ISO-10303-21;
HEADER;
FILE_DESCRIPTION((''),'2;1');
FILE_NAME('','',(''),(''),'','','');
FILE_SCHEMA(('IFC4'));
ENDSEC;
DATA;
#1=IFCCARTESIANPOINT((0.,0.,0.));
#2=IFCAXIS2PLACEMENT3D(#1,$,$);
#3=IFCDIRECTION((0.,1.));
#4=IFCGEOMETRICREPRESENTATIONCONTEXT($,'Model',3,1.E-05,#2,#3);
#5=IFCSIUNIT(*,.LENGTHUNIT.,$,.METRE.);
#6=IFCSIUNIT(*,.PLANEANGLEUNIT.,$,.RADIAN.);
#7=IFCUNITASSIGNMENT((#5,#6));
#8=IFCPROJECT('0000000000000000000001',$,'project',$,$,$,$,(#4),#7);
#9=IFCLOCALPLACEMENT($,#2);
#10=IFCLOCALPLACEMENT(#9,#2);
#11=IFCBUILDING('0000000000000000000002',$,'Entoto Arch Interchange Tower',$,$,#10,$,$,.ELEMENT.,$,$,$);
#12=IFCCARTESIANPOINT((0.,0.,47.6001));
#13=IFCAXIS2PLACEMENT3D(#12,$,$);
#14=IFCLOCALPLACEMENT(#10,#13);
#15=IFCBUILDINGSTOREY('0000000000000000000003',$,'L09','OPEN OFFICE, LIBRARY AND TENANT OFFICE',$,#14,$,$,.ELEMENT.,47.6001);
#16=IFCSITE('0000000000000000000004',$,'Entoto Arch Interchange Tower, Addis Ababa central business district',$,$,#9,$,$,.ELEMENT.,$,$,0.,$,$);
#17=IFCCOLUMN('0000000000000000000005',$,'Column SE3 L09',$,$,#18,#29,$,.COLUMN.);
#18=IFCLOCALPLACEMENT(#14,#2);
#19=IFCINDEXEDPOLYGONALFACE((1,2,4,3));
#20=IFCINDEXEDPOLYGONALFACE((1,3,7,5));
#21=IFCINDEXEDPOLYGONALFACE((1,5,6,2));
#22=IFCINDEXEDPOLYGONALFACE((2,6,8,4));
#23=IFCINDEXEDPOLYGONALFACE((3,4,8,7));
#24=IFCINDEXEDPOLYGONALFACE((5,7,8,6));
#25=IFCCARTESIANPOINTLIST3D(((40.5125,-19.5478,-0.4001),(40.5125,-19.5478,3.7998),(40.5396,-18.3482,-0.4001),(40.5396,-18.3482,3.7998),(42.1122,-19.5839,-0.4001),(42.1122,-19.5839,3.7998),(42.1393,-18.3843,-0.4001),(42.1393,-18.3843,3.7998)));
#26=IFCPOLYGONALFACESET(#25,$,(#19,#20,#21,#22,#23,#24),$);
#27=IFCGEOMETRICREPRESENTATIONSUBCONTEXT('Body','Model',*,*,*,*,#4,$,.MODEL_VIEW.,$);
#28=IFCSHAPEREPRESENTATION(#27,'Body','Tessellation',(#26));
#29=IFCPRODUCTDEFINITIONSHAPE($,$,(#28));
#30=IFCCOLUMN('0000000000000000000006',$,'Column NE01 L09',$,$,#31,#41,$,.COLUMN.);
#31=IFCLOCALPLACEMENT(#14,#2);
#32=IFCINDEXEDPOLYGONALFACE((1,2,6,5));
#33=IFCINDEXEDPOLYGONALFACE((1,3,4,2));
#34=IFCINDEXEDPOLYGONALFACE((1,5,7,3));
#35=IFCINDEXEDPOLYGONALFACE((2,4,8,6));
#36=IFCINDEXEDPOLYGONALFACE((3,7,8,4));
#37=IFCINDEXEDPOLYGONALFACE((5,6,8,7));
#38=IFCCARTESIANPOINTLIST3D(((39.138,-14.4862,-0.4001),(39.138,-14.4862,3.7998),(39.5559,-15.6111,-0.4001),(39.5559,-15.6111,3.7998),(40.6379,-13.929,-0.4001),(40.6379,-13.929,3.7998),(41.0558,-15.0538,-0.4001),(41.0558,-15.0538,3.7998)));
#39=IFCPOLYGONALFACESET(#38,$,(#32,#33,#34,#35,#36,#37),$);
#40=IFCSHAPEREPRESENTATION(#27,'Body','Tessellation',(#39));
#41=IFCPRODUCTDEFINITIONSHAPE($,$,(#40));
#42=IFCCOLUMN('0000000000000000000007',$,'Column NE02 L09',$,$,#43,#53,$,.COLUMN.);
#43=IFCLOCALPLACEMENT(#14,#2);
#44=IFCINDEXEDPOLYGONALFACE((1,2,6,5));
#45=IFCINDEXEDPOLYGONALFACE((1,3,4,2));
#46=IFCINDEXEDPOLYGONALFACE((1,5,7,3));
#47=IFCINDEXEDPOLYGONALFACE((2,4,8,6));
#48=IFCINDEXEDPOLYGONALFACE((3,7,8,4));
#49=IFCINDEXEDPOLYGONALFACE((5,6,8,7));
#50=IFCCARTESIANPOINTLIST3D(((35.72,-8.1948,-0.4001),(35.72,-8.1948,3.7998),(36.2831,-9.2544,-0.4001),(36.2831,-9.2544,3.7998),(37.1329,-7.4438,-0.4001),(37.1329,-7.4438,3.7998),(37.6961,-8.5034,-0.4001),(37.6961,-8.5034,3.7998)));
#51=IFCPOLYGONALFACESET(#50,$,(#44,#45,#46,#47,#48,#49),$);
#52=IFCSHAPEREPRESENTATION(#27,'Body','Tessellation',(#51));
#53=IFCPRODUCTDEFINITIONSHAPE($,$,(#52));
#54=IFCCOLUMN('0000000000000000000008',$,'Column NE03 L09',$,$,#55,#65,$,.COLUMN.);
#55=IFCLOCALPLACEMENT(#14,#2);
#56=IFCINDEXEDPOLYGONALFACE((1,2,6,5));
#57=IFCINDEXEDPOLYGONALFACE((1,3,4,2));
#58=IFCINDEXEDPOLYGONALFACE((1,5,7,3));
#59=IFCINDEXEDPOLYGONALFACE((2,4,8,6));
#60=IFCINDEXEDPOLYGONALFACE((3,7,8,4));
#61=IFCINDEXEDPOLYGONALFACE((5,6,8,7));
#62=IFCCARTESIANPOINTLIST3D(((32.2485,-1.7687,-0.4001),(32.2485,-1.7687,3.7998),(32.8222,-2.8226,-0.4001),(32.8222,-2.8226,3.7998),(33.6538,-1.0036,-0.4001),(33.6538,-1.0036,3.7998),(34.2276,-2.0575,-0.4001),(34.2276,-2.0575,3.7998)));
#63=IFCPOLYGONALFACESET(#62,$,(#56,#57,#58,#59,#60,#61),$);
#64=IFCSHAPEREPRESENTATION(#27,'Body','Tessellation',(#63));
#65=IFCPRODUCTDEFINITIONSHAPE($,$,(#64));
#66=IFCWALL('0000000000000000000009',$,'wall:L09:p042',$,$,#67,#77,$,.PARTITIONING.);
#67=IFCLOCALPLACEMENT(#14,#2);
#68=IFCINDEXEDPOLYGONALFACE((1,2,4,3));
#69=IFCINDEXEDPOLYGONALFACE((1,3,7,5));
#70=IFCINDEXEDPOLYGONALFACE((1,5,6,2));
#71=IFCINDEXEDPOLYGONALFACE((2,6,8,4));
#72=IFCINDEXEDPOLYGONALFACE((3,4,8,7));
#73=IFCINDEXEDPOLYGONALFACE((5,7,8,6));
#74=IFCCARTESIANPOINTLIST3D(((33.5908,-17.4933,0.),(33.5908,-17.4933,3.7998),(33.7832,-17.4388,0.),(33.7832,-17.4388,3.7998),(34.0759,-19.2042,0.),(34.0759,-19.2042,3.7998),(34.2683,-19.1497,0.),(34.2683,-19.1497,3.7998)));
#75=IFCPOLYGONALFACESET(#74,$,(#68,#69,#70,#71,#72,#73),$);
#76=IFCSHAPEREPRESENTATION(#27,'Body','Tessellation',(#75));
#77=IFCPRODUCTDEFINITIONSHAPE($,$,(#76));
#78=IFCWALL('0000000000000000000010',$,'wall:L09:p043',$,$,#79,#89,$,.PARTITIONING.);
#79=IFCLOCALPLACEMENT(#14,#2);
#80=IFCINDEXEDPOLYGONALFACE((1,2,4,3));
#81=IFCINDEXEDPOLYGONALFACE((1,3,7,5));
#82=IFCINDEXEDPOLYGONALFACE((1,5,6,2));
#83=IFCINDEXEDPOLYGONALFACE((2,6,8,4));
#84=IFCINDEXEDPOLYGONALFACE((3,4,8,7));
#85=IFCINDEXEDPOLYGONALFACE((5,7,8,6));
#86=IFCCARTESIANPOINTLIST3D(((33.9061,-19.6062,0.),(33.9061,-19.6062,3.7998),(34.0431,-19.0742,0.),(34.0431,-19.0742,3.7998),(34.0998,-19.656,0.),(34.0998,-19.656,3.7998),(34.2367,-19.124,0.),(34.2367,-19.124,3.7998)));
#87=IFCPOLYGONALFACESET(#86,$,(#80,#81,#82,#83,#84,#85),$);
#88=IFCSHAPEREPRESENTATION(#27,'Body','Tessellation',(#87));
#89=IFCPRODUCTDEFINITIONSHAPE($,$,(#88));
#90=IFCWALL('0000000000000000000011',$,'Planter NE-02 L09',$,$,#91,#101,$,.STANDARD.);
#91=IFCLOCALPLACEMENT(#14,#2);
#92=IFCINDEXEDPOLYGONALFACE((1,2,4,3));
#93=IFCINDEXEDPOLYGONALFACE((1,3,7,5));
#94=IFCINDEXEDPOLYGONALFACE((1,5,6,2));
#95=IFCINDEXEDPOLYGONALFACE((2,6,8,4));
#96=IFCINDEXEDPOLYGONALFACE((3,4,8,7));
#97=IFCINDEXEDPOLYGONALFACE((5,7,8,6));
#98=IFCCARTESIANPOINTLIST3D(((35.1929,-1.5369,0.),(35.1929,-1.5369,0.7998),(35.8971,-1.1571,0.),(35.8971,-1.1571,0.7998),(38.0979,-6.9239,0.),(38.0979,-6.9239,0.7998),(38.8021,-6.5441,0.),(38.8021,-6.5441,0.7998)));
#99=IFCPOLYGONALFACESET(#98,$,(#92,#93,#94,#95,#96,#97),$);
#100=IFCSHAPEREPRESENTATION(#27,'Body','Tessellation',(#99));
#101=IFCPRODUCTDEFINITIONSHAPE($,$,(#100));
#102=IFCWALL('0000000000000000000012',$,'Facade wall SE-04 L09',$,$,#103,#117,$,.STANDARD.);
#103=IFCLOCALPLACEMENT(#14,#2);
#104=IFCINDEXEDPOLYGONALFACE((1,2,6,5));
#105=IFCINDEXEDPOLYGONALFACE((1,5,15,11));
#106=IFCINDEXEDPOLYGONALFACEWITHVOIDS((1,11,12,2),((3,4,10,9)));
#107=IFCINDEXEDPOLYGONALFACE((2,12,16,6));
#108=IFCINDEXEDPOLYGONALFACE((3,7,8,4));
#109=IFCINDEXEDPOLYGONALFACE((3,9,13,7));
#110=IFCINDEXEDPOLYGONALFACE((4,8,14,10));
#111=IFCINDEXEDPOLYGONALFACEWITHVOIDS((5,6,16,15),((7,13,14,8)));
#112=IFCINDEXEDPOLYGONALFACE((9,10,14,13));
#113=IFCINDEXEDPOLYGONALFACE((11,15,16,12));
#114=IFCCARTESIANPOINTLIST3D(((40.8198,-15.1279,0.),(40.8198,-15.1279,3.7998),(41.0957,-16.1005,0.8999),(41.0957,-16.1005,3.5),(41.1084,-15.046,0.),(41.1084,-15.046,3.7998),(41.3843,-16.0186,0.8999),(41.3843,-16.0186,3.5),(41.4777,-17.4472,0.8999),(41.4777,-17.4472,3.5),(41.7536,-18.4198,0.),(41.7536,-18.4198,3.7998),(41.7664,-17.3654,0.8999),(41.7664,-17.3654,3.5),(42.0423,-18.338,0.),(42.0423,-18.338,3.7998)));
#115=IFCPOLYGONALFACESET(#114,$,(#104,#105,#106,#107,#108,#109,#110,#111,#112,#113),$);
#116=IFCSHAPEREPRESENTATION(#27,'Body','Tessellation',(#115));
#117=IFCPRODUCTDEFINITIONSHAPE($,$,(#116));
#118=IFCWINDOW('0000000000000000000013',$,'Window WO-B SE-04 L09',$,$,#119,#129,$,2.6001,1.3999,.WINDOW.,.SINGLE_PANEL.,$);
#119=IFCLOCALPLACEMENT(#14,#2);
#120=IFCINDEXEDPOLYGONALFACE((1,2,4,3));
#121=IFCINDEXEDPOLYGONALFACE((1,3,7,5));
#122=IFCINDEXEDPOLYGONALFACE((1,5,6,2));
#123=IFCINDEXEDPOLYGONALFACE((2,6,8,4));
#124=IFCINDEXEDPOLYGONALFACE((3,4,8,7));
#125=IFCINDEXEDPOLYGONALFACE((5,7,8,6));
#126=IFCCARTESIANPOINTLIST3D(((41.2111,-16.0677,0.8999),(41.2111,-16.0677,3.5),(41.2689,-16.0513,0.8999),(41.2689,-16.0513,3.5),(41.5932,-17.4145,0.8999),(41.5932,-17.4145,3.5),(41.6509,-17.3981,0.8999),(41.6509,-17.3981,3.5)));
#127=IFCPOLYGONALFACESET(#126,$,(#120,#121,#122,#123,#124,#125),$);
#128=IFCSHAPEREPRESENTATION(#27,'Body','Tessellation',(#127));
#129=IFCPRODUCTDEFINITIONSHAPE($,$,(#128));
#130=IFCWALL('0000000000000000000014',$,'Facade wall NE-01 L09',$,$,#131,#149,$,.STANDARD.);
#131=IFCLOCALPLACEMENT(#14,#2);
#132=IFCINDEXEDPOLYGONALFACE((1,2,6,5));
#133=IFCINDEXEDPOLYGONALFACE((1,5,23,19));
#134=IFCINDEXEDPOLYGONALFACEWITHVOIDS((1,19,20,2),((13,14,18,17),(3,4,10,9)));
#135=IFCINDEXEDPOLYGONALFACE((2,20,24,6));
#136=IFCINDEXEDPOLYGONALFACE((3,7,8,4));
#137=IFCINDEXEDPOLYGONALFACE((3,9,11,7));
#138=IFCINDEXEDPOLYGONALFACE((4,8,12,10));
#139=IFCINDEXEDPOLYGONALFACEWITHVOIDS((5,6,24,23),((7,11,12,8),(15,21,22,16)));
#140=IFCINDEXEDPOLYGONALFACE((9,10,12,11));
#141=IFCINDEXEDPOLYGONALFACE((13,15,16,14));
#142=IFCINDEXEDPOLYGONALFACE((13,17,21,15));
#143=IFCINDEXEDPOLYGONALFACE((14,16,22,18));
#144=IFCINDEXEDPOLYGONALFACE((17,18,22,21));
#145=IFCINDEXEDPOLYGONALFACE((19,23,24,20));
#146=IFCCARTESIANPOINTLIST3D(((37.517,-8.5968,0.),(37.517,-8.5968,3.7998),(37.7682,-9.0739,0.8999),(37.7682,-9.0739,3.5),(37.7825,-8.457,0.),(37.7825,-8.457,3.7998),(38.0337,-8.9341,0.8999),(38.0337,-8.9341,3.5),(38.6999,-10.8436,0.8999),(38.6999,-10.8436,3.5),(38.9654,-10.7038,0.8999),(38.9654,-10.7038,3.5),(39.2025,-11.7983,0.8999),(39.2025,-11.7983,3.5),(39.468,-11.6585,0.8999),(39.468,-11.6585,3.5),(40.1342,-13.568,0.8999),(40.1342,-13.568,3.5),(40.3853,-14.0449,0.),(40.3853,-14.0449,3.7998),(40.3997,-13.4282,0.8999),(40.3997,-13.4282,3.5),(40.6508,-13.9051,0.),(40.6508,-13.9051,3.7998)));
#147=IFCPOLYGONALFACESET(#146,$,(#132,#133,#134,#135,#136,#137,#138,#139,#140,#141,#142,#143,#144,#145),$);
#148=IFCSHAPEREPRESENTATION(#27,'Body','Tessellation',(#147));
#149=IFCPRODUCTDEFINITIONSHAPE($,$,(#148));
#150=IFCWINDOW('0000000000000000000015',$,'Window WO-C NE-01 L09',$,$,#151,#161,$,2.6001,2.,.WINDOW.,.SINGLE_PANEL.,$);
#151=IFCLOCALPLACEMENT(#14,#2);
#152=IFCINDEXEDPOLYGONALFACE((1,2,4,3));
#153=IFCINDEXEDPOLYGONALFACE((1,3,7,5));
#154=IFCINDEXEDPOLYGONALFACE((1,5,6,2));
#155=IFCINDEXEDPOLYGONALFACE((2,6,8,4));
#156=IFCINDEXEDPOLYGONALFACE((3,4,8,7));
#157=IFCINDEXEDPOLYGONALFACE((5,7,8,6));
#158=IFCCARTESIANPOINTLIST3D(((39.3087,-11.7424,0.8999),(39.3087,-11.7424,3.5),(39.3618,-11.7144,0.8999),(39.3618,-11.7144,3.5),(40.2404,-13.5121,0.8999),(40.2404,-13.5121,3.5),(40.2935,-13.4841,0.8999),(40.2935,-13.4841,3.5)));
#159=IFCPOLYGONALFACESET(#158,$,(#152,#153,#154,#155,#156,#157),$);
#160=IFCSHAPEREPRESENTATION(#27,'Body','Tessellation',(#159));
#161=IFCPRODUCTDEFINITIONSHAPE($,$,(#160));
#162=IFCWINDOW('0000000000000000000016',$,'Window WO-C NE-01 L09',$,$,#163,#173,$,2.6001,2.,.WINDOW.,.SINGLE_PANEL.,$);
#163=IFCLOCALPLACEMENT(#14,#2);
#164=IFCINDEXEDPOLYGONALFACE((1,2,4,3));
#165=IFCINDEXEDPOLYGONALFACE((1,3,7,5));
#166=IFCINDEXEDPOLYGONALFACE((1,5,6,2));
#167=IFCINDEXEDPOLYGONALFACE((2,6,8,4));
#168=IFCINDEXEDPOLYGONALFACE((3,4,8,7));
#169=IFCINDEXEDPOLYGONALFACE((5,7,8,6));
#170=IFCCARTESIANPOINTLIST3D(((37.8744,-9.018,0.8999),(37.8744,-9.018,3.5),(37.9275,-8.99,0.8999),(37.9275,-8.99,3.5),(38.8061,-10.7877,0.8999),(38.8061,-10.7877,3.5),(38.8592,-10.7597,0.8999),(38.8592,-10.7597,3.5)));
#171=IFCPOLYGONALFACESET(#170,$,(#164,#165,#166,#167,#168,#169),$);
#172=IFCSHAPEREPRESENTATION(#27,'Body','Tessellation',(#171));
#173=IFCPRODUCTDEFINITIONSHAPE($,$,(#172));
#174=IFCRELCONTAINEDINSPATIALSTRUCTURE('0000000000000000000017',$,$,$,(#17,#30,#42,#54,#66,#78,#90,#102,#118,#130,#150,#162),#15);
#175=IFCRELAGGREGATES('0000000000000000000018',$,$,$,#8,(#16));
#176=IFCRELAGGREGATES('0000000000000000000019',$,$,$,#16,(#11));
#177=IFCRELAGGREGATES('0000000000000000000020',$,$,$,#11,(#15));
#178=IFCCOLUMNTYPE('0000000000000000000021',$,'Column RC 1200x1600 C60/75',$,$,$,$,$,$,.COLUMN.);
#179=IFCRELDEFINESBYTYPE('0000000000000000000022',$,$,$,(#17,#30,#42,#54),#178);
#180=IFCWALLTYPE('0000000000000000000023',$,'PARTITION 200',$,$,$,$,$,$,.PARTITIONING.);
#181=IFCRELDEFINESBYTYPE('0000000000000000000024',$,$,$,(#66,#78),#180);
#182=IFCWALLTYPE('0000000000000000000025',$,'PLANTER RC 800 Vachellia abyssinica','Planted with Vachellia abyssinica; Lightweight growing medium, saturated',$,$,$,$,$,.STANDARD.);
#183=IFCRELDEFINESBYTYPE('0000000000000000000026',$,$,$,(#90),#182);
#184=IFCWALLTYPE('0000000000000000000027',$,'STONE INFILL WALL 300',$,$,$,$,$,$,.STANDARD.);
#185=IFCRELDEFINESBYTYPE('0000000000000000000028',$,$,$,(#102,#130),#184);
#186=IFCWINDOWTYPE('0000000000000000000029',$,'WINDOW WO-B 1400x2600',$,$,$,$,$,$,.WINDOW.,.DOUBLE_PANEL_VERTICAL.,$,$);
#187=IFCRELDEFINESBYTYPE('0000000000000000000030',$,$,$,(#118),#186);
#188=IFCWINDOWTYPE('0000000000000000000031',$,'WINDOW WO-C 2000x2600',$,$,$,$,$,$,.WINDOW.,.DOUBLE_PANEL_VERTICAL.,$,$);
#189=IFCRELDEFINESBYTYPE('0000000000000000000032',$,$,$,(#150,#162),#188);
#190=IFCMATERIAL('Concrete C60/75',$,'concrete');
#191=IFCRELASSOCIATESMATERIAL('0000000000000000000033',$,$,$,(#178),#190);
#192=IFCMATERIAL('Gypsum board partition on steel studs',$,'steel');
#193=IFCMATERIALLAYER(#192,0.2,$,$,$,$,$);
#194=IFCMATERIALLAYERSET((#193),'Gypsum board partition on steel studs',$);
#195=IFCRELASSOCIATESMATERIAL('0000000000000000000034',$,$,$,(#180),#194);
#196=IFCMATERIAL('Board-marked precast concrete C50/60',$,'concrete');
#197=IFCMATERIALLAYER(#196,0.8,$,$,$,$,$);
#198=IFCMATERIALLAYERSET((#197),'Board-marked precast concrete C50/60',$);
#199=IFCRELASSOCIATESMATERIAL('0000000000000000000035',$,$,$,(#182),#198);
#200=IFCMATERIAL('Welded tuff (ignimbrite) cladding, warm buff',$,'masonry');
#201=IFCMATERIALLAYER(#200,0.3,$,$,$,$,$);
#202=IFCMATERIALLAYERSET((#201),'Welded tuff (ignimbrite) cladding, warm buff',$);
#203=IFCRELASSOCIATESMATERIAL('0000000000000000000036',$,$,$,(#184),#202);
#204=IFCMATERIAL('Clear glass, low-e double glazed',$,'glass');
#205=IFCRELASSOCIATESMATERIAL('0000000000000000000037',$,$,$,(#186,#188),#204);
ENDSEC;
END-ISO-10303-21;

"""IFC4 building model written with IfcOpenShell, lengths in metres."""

from ifc_helpers import new_model, si_unit, direction, frame, frame_2d, origin, origin_2d, place, context, subcontext, project, spatial, rectangle, extrude, material, layer, layer_set, material_profile, profile_set, type_object, element, fill, save


model = new_model("IFC4")

# Units and contexts
model_context = context("Model", 3, precision=1e-05, world=origin(), true_north=direction((0.0, 1.0)))
body_context = subcontext(model_context, "Body", "Model", "MODEL_VIEW")
ifc_project = project(units=[si_unit("LENGTHUNIT", "METRE"), si_unit("PLANEANGLEUNIT", "RADIAN")], contexts=[model_context])

# Site, building, storey
site_placement = place(None, origin())
site = spatial("IfcSite", under=ifc_project, at=site_placement, Name="Entoto Arch Interchange Tower, Addis Ababa central business district", CompositionType="ELEMENT", RefElevation=0.0)
building_placement = place(site_placement, origin())
building = spatial("IfcBuilding", under=site, at=building_placement, Name="Entoto Arch Interchange Tower", CompositionType="ELEMENT")
storey_placement = place(building_placement, frame((0.0, 0.0, 47.6001)))
storey = spatial("IfcBuildingStorey", under=building, at=storey_placement, Name="L09", Description="OPEN OFFICE, LIBRARY AND TENANT OFFICE", CompositionType="ELEMENT", Elevation=47.6001)

# Columns
ifc_material_1 = material(Name="Concrete C60/75", Category="concrete")
ifc_material_profile = material_profile(ifc_material_1, rectangle(XDim=1.2, YDim=1.6001, at=origin_2d()))
ifc_profile_set = profile_set([ifc_material_profile], Name="Concrete C60/75")
column_type = type_object("IfcColumnType", Name="Column RC 1200x1600 C60/75", PredefinedType="COLUMN", material=ifc_profile_set)
for number, where, z_axis, x_axis, name in (
    (1, (41.3259, -18.9661, -0.4001), (0.0, 0.0, 1.0), (0.022565, 0.999745, 0.0), "Column SE3 L09"),
    (2, (40.0969, -14.77, -0.4001), (0.0, 0.0, 1.0), (-0.348278, 0.937391, 0.0), "Column NE01 L09"),
    (3, (36.708, -8.3491, -0.4001), (0.0, 0.0, 1.0), (-0.469317, 0.88303, 0.0), "Column NE02 L09"),
    (4, (33.238, -1.9131, -0.4001), (0.0, 0.0, 1.0), (-0.47814, 0.878284, 0.0), "Column NE03 L09"),
):
    element("IfcColumn", number, at=place(storey_placement, frame(where, z_axis=z_axis, x_axis=x_axis)), inside=storey, type_object=column_type, Name=name, PredefinedType="COLUMN", context=body_context, shape_type="SweptSolid", body=[
        extrude(rectangle(XDim=1.2, YDim=1.6001, at=origin_2d()), origin(), (0.0, 0.0, 1.0), 4.2),
    ])

# Walls
ifc_material_2 = material(Name="Gypsum board partition on steel studs", Category="steel")
ifc_layer_1 = layer(ifc_material_2, 0.2)
ifc_layer_set_1 = layer_set([ifc_layer_1], Name="Gypsum board partition on steel studs")
wall_type_1 = type_object("IfcWallType", Name="PARTITION 200", PredefinedType="PARTITIONING", material=ifc_layer_set_1)
wall_1_placement = place(storey_placement, frame((33.687, -17.4661, 0.0), z_axis=(0.0, 0.0, 1.0), x_axis=(0.27278, -0.962076, 0.0)))
element("IfcWall", 5, at=wall_1_placement, inside=storey, type_object=wall_type_1, Name="wall:L09:p042", PredefinedType="PARTITIONING", context=body_context, shape_type="SweptSolid", body=[
    extrude(rectangle(XDim=1.7783, YDim=0.2, at=frame_2d((0.8892, 0.0))), origin(), (0.0, 0.0, 1.0), 3.7998),
])
wall_2_placement = place(storey_placement, frame((34.1399, -19.0991, 0.0), z_axis=(0.0, 0.0, 1.0), x_axis=(-0.249327, -0.968419, 0.0)))
element("IfcWall", 6, at=wall_2_placement, inside=storey, type_object=wall_type_1, Name="wall:L09:p043", PredefinedType="PARTITIONING", context=body_context, shape_type="SweptSolid", body=[
    extrude(rectangle(XDim=0.5493, YDim=0.2, at=frame_2d((0.2747, 0.0))), origin(), (0.0, 0.0, 1.0), 3.7998),
])
ifc_material_3 = material(Name="Board-marked precast concrete C50/60", Category="concrete")
ifc_layer_2 = layer(ifc_material_3, 0.8)
ifc_layer_set_2 = layer_set([ifc_layer_2], Name="Board-marked precast concrete C50/60")
wall_type_2 = type_object("IfcWallType", Name="PLANTER RC 800 Vachellia abyssinica", Description="Planted with Vachellia abyssinica; Lightweight growing medium, saturated", PredefinedType="STANDARD", material=ifc_layer_set_2)
wall_3_placement = place(storey_placement, frame((38.45, -6.7339, 0.0), z_axis=(0.0, 0.0, 1.0), x_axis=(-0.474652, 0.880174, 0.0)))
element("IfcWall", 7, at=wall_3_placement, inside=storey, type_object=wall_type_2, Name="Planter NE-02 L09", PredefinedType="STANDARD", context=body_context, shape_type="SweptSolid", body=[
    extrude(rectangle(XDim=6.1204, YDim=0.8, at=frame_2d((3.0601, 0.0))), origin(), (0.0, 0.0, 1.0), 0.7998),
])

# Wall, opening, window
ifc_material_4 = material(Name="Welded tuff (ignimbrite) cladding, warm buff", Category="masonry")
ifc_layer_3 = layer(ifc_material_4, 0.3)
ifc_layer_set_3 = layer_set([ifc_layer_3], Name="Welded tuff (ignimbrite) cladding, warm buff")
wall_type_3 = type_object("IfcWallType", Name="STONE INFILL WALL 300", PredefinedType="STANDARD", material=ifc_layer_set_3)
wall_4_placement = place(storey_placement, frame((41.8979, -18.3789, 0.0), z_axis=(0.0, 0.0, 1.0), x_axis=(-0.272902, 0.962042, 0.0)))
wall_4 = element("IfcWall", 8, at=wall_4_placement, inside=storey, type_object=wall_type_3, Name="Facade wall SE-04 L09", PredefinedType="STANDARD", context=body_context, shape_type="SweptSolid", body=[
    extrude(rectangle(XDim=3.4219, YDim=0.3, at=frame_2d((1.7109, 0.0))), origin(), (0.0, 0.0, 1.0), 3.7998),
])
opening_1_placement = place(wall_4_placement, frame((1.011, 0.0, 0.8999)))
opening_1 = element("IfcOpeningElement", 9, at=opening_1_placement, cuts=wall_4, PredefinedType="OPENING", context=body_context, shape_type="SweptSolid", body=[
    extrude(rectangle(XDim=1.3999, YDim=2.6001, at=frame_2d((0.7, 1.3))), frame((0.0, 0.1602, 0.0), z_axis=(0.0, -1.0, 0.0), x_axis=(1.0, 0.0, 0.0)), (0.0, 0.0, 1.0), 0.3201),
])
ifc_material_5 = material(Name="Clear glass, low-e double glazed", Category="glass")
window_type_1 = type_object("IfcWindowType", Name="WINDOW WO-B 1400x2600", PartitioningType="DOUBLE_PANEL_VERTICAL", PredefinedType="WINDOW", material=ifc_material_5)
window_1_placement = place(opening_1_placement, origin())
window_1 = element("IfcWindow", 10, at=window_1_placement, inside=storey, type_object=window_type_1, Name="Window WO-B SE-04 L09", OverallHeight=2.6001, OverallWidth=1.3999, PartitioningType="SINGLE_PANEL", PredefinedType="WINDOW", context=body_context, shape_type="SweptSolid", body=[
    extrude(rectangle(XDim=1.3999, YDim=2.6001, at=frame_2d((0.7, 1.3))), frame((0.0, 0.03, 0.0), z_axis=(0.0, -1.0, 0.0), x_axis=(1.0, 0.0, 0.0)), (0.0, 0.0, 1.0), 0.0601),
])
fill(opening_1, window_1)

# Wall, openings, windows
wall_5_placement = place(storey_placement, frame((40.5181, -13.9751, 0.0), z_axis=(0.0, 0.0, 1.0), x_axis=(-0.465848, 0.884865, 0.0)))
wall_5 = element("IfcWall", 11, at=wall_5_placement, inside=storey, type_object=wall_type_3, Name="Facade wall NE-01 L09", PredefinedType="STANDARD", context=body_context, shape_type="SweptSolid", body=[
    extrude(rectangle(XDim=6.157, YDim=0.3, at=frame_2d((3.0786, 0.0))), origin(), (0.0, 0.0, 1.0), 3.7998),
])
opening_2_placement = place(wall_5_placement, frame((0.5391, 0.0, 0.8999)))
opening_2 = element("IfcOpeningElement", 12, at=opening_2_placement, cuts=wall_5, PredefinedType="OPENING", context=body_context, shape_type="SweptSolid", body=[
    extrude(rectangle(XDim=2.0, YDim=2.6001, at=frame_2d((1.0, 1.3))), frame((0.0, 0.1602, 0.0), z_axis=(0.0, -1.0, 0.0), x_axis=(1.0, 0.0, 0.0)), (0.0, 0.0, 1.0), 0.3201),
])
opening_3_placement = place(wall_5_placement, frame((3.6179, 0.0, 0.8999)))
opening_3 = element("IfcOpeningElement", 13, at=opening_3_placement, cuts=wall_5, PredefinedType="OPENING", context=body_context, shape_type="SweptSolid", body=[
    extrude(rectangle(XDim=2.0, YDim=2.6001, at=frame_2d((1.0, 1.3))), frame((0.0, 0.1602, 0.0), z_axis=(0.0, -1.0, 0.0), x_axis=(1.0, 0.0, 0.0)), (0.0, 0.0, 1.0), 0.3201),
])
window_type_2 = type_object("IfcWindowType", Name="WINDOW WO-C 2000x2600", PartitioningType="DOUBLE_PANEL_VERTICAL", PredefinedType="WINDOW", material=ifc_material_5)
window_2_placement = place(opening_2_placement, origin())
window_2 = element("IfcWindow", 14, at=window_2_placement, inside=storey, type_object=window_type_2, Name="Window WO-C NE-01 L09", OverallHeight=2.6001, OverallWidth=2.0, PartitioningType="SINGLE_PANEL", PredefinedType="WINDOW", context=body_context, shape_type="SweptSolid", body=[
    extrude(rectangle(XDim=2.0, YDim=2.6001, at=frame_2d((1.0, 1.3))), frame((0.0, 0.03, 0.0), z_axis=(0.0, -1.0, 0.0), x_axis=(1.0, 0.0, 0.0)), (0.0, 0.0, 1.0), 0.0601),
])
fill(opening_2, window_2)
window_3_placement = place(opening_3_placement, origin())
window_3 = element("IfcWindow", 15, at=window_3_placement, inside=storey, type_object=window_type_2, Name="Window WO-C NE-01 L09", OverallHeight=2.6001, OverallWidth=2.0, PartitioningType="SINGLE_PANEL", PredefinedType="WINDOW", context=body_context, shape_type="SweptSolid", body=[
    extrude(rectangle(XDim=2.0, YDim=2.6001, at=frame_2d((1.0, 1.3))), frame((0.0, 0.03, 0.0), z_axis=(0.0, -1.0, 0.0), x_axis=(1.0, 0.0, 0.0)), (0.0, 0.0, 1.0), 0.0601),
])
fill(opening_3, window_3)

save(model, "model.ifc")
